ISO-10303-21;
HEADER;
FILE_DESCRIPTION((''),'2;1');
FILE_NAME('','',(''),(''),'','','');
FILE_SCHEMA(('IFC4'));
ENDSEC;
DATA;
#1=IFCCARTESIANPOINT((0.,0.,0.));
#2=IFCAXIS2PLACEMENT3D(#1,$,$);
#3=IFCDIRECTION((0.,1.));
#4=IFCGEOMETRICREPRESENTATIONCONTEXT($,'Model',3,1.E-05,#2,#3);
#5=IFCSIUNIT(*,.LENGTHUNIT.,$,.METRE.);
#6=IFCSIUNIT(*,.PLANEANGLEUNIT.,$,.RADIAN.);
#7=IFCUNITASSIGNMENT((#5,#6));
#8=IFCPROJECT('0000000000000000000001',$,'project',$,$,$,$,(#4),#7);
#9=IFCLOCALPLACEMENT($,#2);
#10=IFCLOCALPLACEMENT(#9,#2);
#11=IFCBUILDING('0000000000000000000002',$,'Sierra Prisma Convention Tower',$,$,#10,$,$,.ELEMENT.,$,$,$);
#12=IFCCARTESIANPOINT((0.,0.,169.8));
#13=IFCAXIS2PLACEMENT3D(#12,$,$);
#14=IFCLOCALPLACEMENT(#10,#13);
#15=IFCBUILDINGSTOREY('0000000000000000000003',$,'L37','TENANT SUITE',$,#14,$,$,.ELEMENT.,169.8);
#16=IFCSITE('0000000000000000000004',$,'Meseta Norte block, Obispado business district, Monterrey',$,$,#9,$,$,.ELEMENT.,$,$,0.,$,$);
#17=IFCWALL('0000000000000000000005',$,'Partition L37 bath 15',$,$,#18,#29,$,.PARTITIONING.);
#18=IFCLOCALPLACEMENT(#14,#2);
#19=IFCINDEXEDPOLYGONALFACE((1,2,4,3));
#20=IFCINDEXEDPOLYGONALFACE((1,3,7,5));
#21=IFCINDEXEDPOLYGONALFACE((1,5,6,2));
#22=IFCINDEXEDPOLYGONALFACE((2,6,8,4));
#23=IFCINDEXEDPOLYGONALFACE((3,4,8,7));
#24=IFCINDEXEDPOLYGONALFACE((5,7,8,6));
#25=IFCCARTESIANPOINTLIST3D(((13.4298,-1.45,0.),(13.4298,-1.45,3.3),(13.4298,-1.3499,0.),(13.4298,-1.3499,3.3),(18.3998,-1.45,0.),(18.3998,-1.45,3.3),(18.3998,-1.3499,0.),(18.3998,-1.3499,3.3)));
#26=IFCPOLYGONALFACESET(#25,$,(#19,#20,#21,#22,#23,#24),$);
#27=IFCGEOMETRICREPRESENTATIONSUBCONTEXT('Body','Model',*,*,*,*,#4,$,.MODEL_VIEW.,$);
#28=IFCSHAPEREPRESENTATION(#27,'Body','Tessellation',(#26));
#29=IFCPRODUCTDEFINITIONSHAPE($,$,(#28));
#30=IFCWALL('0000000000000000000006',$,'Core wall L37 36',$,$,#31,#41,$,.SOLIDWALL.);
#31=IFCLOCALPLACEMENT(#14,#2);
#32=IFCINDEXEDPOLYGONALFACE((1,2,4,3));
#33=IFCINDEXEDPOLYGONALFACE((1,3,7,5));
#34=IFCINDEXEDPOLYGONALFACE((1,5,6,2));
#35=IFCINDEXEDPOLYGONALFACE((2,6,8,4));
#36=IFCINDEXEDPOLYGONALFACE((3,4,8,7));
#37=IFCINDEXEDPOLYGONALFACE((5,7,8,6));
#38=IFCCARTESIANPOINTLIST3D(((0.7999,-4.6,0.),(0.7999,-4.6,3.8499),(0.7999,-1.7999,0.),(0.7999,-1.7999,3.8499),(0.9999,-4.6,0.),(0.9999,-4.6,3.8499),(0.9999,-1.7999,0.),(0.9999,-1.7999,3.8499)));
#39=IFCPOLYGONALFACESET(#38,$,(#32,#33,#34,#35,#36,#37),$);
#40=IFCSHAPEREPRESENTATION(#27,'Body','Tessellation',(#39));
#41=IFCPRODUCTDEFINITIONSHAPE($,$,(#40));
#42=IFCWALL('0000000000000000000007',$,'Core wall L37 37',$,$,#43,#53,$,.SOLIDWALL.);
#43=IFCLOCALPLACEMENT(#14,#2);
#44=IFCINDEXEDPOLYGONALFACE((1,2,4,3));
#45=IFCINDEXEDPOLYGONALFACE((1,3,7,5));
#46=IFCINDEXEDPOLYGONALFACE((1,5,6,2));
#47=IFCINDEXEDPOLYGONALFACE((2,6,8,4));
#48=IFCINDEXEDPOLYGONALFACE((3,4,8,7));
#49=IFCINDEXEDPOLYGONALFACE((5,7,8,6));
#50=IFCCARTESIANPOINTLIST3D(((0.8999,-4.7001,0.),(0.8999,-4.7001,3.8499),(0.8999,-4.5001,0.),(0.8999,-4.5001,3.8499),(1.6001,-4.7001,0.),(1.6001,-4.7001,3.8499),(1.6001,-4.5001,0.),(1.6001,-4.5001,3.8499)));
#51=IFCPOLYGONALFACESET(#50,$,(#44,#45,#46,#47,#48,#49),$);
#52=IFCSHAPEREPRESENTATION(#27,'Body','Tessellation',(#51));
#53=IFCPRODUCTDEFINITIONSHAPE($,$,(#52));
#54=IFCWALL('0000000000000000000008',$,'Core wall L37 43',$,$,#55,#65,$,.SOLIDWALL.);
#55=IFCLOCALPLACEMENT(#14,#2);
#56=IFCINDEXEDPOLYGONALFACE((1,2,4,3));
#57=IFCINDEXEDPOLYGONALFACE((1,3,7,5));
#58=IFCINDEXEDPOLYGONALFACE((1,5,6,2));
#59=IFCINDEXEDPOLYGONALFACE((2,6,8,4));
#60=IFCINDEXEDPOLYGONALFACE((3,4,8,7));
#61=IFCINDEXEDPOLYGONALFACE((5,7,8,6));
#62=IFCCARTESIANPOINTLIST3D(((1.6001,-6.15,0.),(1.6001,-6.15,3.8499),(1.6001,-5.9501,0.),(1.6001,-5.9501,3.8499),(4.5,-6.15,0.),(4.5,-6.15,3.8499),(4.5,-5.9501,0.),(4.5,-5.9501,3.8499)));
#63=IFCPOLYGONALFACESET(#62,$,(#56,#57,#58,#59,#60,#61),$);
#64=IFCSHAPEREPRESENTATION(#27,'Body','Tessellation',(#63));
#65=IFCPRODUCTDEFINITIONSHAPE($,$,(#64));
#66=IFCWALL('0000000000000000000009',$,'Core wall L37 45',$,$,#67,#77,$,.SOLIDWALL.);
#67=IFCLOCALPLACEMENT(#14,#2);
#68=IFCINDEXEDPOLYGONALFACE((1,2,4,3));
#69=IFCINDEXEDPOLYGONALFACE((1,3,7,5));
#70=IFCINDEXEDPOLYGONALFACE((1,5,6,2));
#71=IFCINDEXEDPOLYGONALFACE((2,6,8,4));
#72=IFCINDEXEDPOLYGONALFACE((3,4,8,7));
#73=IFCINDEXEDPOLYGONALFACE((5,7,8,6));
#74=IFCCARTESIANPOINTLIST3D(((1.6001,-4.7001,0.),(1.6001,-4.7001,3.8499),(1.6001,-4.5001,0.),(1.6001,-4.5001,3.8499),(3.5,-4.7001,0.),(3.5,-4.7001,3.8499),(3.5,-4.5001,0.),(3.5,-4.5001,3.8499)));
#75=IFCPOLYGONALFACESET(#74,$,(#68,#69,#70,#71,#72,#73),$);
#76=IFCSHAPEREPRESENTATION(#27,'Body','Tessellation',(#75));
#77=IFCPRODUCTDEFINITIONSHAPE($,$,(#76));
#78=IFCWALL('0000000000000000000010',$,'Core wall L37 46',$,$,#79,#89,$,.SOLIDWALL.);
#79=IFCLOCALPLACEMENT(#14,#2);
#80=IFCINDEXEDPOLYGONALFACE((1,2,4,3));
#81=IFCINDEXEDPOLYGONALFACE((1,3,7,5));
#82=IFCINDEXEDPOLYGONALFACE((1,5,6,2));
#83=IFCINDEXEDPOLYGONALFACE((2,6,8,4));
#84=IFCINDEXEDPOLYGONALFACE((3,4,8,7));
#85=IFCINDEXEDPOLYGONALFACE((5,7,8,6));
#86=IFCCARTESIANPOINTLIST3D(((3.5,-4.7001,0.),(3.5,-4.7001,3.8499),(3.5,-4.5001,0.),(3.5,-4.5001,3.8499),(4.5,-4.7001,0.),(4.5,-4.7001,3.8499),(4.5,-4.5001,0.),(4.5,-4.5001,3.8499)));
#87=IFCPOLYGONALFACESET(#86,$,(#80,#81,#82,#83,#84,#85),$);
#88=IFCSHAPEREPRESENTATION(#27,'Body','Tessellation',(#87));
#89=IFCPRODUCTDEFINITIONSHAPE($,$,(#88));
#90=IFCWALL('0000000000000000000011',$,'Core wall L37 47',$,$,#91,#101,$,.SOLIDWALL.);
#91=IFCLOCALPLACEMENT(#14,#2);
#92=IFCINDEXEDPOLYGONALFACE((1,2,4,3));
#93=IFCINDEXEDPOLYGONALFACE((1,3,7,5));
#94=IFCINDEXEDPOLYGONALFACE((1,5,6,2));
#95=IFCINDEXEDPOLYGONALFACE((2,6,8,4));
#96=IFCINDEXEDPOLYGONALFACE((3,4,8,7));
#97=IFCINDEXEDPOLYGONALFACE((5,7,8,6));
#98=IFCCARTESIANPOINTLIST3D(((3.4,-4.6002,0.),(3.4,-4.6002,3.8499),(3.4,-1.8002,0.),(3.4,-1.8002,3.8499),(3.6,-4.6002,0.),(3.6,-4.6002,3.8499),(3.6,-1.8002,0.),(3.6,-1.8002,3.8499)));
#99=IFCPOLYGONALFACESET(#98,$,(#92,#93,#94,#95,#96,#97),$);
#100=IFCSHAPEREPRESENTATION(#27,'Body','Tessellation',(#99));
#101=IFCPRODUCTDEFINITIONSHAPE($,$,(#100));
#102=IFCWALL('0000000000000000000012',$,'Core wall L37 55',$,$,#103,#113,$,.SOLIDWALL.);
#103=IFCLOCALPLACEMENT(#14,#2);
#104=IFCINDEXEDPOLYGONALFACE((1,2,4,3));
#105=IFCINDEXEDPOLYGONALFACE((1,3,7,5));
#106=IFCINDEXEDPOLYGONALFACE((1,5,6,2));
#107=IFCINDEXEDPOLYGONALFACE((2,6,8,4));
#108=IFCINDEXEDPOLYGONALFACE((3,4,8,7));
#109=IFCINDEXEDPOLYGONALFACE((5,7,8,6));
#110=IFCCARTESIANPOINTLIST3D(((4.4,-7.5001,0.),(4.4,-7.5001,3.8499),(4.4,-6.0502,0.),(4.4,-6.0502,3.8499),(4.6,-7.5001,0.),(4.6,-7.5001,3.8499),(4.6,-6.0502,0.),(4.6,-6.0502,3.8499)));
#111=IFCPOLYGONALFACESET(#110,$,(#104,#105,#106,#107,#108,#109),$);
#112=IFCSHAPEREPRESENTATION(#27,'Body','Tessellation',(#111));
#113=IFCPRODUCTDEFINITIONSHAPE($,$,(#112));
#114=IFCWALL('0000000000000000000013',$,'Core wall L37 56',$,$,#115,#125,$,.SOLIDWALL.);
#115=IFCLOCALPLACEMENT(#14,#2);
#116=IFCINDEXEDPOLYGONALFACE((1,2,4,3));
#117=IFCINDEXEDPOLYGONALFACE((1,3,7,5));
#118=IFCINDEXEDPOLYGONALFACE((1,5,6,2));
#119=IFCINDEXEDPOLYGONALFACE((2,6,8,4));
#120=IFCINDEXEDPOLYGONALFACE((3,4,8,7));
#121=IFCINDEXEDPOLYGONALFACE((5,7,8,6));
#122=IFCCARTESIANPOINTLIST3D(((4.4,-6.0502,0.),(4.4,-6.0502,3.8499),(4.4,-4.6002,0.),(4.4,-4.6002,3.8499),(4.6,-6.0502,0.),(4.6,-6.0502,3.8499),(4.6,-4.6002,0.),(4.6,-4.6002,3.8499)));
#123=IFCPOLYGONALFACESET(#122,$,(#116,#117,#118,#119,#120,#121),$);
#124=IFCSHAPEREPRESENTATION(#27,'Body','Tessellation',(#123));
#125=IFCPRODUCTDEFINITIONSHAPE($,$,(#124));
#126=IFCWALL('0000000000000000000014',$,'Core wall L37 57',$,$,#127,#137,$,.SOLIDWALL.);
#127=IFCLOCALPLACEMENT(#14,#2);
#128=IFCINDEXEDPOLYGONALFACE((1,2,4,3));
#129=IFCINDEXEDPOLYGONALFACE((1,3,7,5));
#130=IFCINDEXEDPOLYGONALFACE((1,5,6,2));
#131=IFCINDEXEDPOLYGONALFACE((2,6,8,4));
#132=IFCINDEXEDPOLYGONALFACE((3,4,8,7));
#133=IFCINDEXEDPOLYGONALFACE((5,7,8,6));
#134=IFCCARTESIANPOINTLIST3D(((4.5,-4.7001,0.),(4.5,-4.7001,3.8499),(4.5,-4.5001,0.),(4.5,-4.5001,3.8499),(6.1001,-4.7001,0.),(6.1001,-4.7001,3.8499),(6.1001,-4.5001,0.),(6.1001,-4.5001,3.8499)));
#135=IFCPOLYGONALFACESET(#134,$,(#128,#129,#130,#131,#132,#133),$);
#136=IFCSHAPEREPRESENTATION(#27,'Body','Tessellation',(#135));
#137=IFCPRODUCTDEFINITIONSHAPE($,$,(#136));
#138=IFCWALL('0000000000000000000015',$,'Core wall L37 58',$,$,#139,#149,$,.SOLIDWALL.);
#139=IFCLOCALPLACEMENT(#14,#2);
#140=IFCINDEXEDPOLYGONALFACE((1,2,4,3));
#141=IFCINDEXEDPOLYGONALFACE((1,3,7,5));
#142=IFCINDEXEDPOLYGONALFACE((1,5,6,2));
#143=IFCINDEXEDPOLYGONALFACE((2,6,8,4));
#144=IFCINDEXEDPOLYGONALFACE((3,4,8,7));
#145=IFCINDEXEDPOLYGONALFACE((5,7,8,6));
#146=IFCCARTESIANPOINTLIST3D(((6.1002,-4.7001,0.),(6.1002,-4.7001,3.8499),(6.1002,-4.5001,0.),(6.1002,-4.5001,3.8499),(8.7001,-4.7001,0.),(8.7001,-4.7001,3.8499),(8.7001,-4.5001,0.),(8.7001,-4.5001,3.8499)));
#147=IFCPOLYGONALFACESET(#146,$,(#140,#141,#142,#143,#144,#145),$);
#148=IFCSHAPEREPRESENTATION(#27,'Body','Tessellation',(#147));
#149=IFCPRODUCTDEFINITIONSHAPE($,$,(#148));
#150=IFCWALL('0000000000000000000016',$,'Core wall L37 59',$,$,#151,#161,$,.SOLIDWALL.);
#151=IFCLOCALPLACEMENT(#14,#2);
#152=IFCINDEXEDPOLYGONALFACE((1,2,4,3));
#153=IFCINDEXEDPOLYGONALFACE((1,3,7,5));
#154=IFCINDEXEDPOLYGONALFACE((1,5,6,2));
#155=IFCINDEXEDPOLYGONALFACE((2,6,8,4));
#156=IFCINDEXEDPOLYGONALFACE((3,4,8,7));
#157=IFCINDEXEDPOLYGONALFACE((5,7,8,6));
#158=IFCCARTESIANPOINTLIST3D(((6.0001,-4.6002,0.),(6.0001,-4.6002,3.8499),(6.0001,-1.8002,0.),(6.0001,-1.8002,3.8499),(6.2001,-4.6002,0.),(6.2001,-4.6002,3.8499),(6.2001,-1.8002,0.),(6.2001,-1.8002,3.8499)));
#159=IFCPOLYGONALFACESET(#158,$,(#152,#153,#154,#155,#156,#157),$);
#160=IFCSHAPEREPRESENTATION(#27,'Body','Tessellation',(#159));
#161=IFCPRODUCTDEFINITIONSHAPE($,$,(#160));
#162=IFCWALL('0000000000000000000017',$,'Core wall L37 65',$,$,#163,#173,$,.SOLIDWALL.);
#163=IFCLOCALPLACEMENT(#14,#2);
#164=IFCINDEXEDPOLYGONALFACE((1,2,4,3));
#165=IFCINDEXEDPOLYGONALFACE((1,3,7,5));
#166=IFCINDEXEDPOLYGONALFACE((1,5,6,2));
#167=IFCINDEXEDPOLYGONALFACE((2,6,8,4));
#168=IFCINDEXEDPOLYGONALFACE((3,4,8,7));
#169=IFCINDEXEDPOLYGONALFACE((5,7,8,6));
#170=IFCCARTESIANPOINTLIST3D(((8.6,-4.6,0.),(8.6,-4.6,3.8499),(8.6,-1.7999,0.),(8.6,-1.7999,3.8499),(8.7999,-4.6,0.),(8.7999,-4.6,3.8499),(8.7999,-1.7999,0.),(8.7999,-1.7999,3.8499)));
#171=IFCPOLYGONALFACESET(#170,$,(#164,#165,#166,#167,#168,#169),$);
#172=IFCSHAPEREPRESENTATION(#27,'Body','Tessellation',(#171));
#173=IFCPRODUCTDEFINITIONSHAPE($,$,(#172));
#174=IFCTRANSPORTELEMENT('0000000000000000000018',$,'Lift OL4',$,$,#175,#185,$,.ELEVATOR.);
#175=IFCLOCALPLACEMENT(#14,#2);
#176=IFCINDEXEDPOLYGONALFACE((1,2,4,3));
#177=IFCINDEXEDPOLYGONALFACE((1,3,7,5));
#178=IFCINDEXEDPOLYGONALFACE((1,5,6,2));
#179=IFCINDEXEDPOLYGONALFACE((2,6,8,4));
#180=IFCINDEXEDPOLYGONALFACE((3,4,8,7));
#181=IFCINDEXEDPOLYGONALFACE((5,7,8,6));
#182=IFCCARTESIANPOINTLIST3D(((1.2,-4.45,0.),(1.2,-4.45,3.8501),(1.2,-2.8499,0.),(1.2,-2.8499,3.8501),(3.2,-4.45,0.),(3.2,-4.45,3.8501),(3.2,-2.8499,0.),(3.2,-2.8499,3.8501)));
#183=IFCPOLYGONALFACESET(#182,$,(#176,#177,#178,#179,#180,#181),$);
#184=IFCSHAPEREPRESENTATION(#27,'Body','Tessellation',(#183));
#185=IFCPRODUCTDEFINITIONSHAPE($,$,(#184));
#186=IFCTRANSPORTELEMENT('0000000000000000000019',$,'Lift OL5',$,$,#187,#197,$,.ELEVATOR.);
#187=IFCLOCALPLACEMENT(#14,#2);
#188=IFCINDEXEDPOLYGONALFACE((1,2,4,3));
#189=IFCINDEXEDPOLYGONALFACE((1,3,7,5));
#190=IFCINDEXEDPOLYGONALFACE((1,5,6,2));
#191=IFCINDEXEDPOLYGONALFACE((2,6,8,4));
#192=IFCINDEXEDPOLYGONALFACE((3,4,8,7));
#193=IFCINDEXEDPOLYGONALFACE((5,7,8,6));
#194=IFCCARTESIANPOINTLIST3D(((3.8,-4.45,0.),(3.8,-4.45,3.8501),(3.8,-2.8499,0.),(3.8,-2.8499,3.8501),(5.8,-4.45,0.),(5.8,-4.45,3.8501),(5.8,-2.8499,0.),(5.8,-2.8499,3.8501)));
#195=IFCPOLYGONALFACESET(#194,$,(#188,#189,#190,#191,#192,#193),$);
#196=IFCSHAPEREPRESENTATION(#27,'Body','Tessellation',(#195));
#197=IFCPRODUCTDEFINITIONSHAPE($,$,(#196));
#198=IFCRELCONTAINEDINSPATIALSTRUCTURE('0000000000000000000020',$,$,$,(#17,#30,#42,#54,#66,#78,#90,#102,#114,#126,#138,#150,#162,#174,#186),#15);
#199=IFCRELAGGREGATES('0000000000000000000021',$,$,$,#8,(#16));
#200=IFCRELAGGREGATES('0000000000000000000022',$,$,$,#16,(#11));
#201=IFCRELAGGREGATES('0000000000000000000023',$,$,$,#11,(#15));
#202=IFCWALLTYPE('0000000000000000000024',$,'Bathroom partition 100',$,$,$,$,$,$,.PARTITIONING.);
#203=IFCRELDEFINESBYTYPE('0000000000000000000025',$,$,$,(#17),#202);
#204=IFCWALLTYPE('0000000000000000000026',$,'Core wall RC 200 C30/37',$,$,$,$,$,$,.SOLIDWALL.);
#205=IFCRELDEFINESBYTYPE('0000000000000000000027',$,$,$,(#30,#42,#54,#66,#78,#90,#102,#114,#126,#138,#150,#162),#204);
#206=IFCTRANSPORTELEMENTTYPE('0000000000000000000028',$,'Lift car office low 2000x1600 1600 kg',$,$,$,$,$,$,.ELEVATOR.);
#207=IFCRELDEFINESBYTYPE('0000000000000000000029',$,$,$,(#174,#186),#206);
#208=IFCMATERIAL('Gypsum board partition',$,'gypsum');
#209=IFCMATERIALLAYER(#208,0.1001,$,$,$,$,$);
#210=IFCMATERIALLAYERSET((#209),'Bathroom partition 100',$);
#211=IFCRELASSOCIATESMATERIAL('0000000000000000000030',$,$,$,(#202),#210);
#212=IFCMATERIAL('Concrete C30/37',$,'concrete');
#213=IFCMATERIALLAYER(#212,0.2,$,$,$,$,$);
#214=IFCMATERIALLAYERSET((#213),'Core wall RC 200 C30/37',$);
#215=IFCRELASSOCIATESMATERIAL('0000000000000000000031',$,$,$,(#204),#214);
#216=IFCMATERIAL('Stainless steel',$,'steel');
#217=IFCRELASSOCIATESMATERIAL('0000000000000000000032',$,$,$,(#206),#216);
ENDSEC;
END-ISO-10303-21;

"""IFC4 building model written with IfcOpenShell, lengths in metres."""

from ifc_helpers import new_model, si_unit, direction, frame, frame_2d, origin, origin_2d, place, context, subcontext, project, spatial, rectangle, extrude, material, layer, layer_set, type_object, element, save


model = new_model("IFC4")

# Units and contexts
model_context = context("Model", 3, precision=1e-05, world=origin(), true_north=direction((0.0, 1.0)))
body_context = subcontext(model_context, "Body", "Model", "MODEL_VIEW")
ifc_project = project(units=[si_unit("LENGTHUNIT", "METRE"), si_unit("PLANEANGLEUNIT", "RADIAN")], contexts=[model_context])

# Site, building, storey
site_placement = place(None, origin())
site = spatial("IfcSite", under=ifc_project, at=site_placement, Name="Meseta Norte block, Obispado business district, Monterrey", CompositionType="ELEMENT", RefElevation=0.0)
building_placement = place(site_placement, origin())
building = spatial("IfcBuilding", under=site, at=building_placement, Name="Sierra Prisma Convention Tower", CompositionType="ELEMENT")
storey_placement = place(building_placement, frame((0.0, 0.0, 169.8)))
storey = spatial("IfcBuildingStorey", under=building, at=storey_placement, Name="L37", Description="TENANT SUITE", CompositionType="ELEMENT", Elevation=169.8)

# Wall
ifc_material_1 = material(Name="Gypsum board partition", Category="gypsum")
ifc_layer_1 = layer(ifc_material_1, 0.1001)
ifc_layer_set_1 = layer_set([ifc_layer_1], Name="Bathroom partition 100")
wall_type_1 = type_object("IfcWallType", Name="Bathroom partition 100", PredefinedType="PARTITIONING", material=ifc_layer_set_1)
wall_1_placement = place(storey_placement, frame((13.4299, -1.3999, 0.0), z_axis=(0.0, 0.0, 1.0), x_axis=(1.0, 0.0, 0.0)))
element("IfcWall", 1, at=wall_1_placement, inside=storey, type_object=wall_type_1, Name="Partition L37 bath 15", PredefinedType="PARTITIONING", context=body_context, shape_type="SweptSolid", body=[
    extrude(rectangle(XDim=4.97, YDim=0.1001, at=frame_2d((2.4849, 0.0))), origin(), (0.0, 0.0, 1.0), 3.3),
])

# Shared definitions
ifc_material_2 = material(Name="Concrete C30/37", Category="concrete")
ifc_layer_2 = layer(ifc_material_2, 0.2)
ifc_layer_set_2 = layer_set([ifc_layer_2], Name="Core wall RC 200 C30/37")
wall_type_2 = type_object("IfcWallType", Name="Core wall RC 200 C30/37", PredefinedType="SOLIDWALL", material=ifc_layer_set_2)

# Walls
wall_2_placement = place(storey_placement, frame((0.8999, -1.8, 0.0), z_axis=(0.0, 0.0, 1.0), x_axis=(0.0, -1.0, 0.0)))
element("IfcWall", 2, at=wall_2_placement, inside=storey, type_object=wall_type_2, Name="Core wall L37 36", PredefinedType="SOLIDWALL", context=body_context, shape_type="SweptSolid", body=[
    extrude(rectangle(XDim=2.8, YDim=0.2, at=frame_2d((1.3999, 0.0))), origin(), (0.0, 0.0, 1.0), 3.8499),
])
wall_3_placement = place(storey_placement, frame((0.8999, -4.6001, 0.0), z_axis=(0.0, 0.0, 1.0), x_axis=(1.0, 0.0, 0.0)))
element("IfcWall", 3, at=wall_3_placement, inside=storey, type_object=wall_type_2, Name="Core wall L37 37", PredefinedType="SOLIDWALL", context=body_context, shape_type="SweptSolid", body=[
    extrude(rectangle(XDim=0.7002, YDim=0.2, at=frame_2d((0.3501, 0.0))), origin(), (0.0, 0.0, 1.0), 3.8499),
])

# Wall
wall_4_placement = place(storey_placement, frame((4.5, -6.05, 0.0), z_axis=(0.0, 0.0, 1.0), x_axis=(-1.0, 0.0, 0.0)))
element("IfcWall", 4, at=wall_4_placement, inside=storey, type_object=wall_type_2, Name="Core wall L37 43", PredefinedType="SOLIDWALL", context=body_context, shape_type="SweptSolid", body=[
    extrude(rectangle(XDim=2.8999, YDim=0.2, at=frame_2d((1.45, 0.0))), origin(), (0.0, 0.0, 1.0), 3.8499),
])

# Walls
wall_5_placement = place(storey_placement, frame((3.5, -4.6001, 0.0), z_axis=(0.0, 0.0, 1.0), x_axis=(-1.0, 0.0, 0.0)))
element("IfcWall", 5, at=wall_5_placement, inside=storey, type_object=wall_type_2, Name="Core wall L37 45", PredefinedType="SOLIDWALL", context=body_context, shape_type="SweptSolid", body=[
    extrude(rectangle(XDim=1.8999, YDim=0.2, at=frame_2d((0.95, 0.0))), origin(), (0.0, 0.0, 1.0), 3.8499),
])
wall_6_placement = place(storey_placement, frame((4.5, -4.6001, 0.0), z_axis=(0.0, 0.0, 1.0), x_axis=(-1.0, 0.0, 0.0)))
element("IfcWall", 6, at=wall_6_placement, inside=storey, type_object=wall_type_2, Name="Core wall L37 46", PredefinedType="SOLIDWALL", context=body_context, shape_type="SweptSolid", body=[
    extrude(rectangle(XDim=1.0, YDim=0.2, at=frame_2d((0.5, 0.0))), origin(), (0.0, 0.0, 1.0), 3.8499),
])
wall_7_placement = place(storey_placement, frame((3.5, -4.6001, 0.0), z_axis=(0.0, 0.0, 1.0), x_axis=(0.0, 1.0, 0.0)))
element("IfcWall", 7, at=wall_7_placement, inside=storey, type_object=wall_type_2, Name="Core wall L37 47", PredefinedType="SOLIDWALL", context=body_context, shape_type="SweptSolid", body=[
    extrude(rectangle(XDim=2.8, YDim=0.2, at=frame_2d((1.3999, 0.0))), origin(), (0.0, 0.0, 1.0), 3.8499),
])

# Walls
for number, where, z_axis, x_axis, name in (
    (8, (4.5, -6.05, 0.0), (0.0, 0.0, 1.0), (0.0, -1.0, 0.0), "Core wall L37 55"),
    (9, (4.5, -4.6001, 0.0), (0.0, 0.0, 1.0), (0.0, -1.0, 0.0), "Core wall L37 56"),
):
    element("IfcWall", number, at=place(storey_placement, frame(where, z_axis=z_axis, x_axis=x_axis)), inside=storey, type_object=wall_type_2, Name=name, PredefinedType="SOLIDWALL", context=body_context, shape_type="SweptSolid", body=[
        extrude(rectangle(XDim=1.45, YDim=0.2, at=frame_2d((0.7251, 0.0))), origin(), (0.0, 0.0, 1.0), 3.8499),
    ])
wall_8_placement = place(storey_placement, frame((6.1001, -4.6001, 0.0), z_axis=(0.0, 0.0, 1.0), x_axis=(-1.0, 0.0, 0.0)))
element("IfcWall", 10, at=wall_8_placement, inside=storey, type_object=wall_type_2, Name="Core wall L37 57", PredefinedType="SOLIDWALL", context=body_context, shape_type="SweptSolid", body=[
    extrude(rectangle(XDim=1.6001, YDim=0.2, at=frame_2d((0.8, 0.0))), origin(), (0.0, 0.0, 1.0), 3.8499),
])
wall_9_placement = place(storey_placement, frame((8.7, -4.6001, 0.0), z_axis=(0.0, 0.0, 1.0), x_axis=(-1.0, 0.0, 0.0)))
element("IfcWall", 11, at=wall_9_placement, inside=storey, type_object=wall_type_2, Name="Core wall L37 58", PredefinedType="SOLIDWALL", context=body_context, shape_type="SweptSolid", body=[
    extrude(rectangle(XDim=2.5999, YDim=0.2, at=frame_2d((1.2998, 0.0))), origin(), (0.0, 0.0, 1.0), 3.8499),
])
wall_10_placement = place(storey_placement, frame((6.1001, -4.6001, 0.0), z_axis=(0.0, 0.0, 1.0), x_axis=(0.0, 1.0, 0.0)))
element("IfcWall", 12, at=wall_10_placement, inside=storey, type_object=wall_type_2, Name="Core wall L37 59", PredefinedType="SOLIDWALL", context=body_context, shape_type="SweptSolid", body=[
    extrude(rectangle(XDim=2.8, YDim=0.2, at=frame_2d((1.3999, 0.0))), origin(), (0.0, 0.0, 1.0), 3.8499),
])

# Wall
wall_11_placement = place(storey_placement, frame((8.7, -1.8, 0.0), z_axis=(0.0, 0.0, 1.0), x_axis=(0.0, -1.0, 0.0)))
element("IfcWall", 13, at=wall_11_placement, inside=storey, type_object=wall_type_2, Name="Core wall L37 65", PredefinedType="SOLIDWALL", context=body_context, shape_type="SweptSolid", body=[
    extrude(rectangle(XDim=2.8, YDim=0.2, at=frame_2d((1.3999, 0.0))), origin(), (0.0, 0.0, 1.0), 3.8499),
])

# Transport elements
ifc_material_3 = material(Name="Stainless steel", Category="steel")
transport_element_type = type_object("IfcTransportElementType", Name="Lift car office low 2000x1600 1600 kg", PredefinedType="ELEVATOR", material=ifc_material_3)
for number, where, z_axis, x_axis, name in (
    (14, (2.2, -3.6499, 0.0), (0.0, 0.0, 1.0), (1.0, 0.0, 0.0), "Lift OL4"),
    (15, (4.8, -3.6499, 0.0), (0.0, 0.0, 1.0), (1.0, 0.0, 0.0), "Lift OL5"),
):
    element("IfcTransportElement", number, at=place(storey_placement, frame(where, z_axis=z_axis, x_axis=x_axis)), inside=storey, type_object=transport_element_type, Name=name, PredefinedType="ELEVATOR", context=body_context, shape_type="SweptSolid", body=[
        extrude(rectangle(XDim=2.0, YDim=1.6001, at=origin_2d()), origin(), (0.0, 0.0, 1.0), 3.8501),
    ])

save(model, "model.ifc")
